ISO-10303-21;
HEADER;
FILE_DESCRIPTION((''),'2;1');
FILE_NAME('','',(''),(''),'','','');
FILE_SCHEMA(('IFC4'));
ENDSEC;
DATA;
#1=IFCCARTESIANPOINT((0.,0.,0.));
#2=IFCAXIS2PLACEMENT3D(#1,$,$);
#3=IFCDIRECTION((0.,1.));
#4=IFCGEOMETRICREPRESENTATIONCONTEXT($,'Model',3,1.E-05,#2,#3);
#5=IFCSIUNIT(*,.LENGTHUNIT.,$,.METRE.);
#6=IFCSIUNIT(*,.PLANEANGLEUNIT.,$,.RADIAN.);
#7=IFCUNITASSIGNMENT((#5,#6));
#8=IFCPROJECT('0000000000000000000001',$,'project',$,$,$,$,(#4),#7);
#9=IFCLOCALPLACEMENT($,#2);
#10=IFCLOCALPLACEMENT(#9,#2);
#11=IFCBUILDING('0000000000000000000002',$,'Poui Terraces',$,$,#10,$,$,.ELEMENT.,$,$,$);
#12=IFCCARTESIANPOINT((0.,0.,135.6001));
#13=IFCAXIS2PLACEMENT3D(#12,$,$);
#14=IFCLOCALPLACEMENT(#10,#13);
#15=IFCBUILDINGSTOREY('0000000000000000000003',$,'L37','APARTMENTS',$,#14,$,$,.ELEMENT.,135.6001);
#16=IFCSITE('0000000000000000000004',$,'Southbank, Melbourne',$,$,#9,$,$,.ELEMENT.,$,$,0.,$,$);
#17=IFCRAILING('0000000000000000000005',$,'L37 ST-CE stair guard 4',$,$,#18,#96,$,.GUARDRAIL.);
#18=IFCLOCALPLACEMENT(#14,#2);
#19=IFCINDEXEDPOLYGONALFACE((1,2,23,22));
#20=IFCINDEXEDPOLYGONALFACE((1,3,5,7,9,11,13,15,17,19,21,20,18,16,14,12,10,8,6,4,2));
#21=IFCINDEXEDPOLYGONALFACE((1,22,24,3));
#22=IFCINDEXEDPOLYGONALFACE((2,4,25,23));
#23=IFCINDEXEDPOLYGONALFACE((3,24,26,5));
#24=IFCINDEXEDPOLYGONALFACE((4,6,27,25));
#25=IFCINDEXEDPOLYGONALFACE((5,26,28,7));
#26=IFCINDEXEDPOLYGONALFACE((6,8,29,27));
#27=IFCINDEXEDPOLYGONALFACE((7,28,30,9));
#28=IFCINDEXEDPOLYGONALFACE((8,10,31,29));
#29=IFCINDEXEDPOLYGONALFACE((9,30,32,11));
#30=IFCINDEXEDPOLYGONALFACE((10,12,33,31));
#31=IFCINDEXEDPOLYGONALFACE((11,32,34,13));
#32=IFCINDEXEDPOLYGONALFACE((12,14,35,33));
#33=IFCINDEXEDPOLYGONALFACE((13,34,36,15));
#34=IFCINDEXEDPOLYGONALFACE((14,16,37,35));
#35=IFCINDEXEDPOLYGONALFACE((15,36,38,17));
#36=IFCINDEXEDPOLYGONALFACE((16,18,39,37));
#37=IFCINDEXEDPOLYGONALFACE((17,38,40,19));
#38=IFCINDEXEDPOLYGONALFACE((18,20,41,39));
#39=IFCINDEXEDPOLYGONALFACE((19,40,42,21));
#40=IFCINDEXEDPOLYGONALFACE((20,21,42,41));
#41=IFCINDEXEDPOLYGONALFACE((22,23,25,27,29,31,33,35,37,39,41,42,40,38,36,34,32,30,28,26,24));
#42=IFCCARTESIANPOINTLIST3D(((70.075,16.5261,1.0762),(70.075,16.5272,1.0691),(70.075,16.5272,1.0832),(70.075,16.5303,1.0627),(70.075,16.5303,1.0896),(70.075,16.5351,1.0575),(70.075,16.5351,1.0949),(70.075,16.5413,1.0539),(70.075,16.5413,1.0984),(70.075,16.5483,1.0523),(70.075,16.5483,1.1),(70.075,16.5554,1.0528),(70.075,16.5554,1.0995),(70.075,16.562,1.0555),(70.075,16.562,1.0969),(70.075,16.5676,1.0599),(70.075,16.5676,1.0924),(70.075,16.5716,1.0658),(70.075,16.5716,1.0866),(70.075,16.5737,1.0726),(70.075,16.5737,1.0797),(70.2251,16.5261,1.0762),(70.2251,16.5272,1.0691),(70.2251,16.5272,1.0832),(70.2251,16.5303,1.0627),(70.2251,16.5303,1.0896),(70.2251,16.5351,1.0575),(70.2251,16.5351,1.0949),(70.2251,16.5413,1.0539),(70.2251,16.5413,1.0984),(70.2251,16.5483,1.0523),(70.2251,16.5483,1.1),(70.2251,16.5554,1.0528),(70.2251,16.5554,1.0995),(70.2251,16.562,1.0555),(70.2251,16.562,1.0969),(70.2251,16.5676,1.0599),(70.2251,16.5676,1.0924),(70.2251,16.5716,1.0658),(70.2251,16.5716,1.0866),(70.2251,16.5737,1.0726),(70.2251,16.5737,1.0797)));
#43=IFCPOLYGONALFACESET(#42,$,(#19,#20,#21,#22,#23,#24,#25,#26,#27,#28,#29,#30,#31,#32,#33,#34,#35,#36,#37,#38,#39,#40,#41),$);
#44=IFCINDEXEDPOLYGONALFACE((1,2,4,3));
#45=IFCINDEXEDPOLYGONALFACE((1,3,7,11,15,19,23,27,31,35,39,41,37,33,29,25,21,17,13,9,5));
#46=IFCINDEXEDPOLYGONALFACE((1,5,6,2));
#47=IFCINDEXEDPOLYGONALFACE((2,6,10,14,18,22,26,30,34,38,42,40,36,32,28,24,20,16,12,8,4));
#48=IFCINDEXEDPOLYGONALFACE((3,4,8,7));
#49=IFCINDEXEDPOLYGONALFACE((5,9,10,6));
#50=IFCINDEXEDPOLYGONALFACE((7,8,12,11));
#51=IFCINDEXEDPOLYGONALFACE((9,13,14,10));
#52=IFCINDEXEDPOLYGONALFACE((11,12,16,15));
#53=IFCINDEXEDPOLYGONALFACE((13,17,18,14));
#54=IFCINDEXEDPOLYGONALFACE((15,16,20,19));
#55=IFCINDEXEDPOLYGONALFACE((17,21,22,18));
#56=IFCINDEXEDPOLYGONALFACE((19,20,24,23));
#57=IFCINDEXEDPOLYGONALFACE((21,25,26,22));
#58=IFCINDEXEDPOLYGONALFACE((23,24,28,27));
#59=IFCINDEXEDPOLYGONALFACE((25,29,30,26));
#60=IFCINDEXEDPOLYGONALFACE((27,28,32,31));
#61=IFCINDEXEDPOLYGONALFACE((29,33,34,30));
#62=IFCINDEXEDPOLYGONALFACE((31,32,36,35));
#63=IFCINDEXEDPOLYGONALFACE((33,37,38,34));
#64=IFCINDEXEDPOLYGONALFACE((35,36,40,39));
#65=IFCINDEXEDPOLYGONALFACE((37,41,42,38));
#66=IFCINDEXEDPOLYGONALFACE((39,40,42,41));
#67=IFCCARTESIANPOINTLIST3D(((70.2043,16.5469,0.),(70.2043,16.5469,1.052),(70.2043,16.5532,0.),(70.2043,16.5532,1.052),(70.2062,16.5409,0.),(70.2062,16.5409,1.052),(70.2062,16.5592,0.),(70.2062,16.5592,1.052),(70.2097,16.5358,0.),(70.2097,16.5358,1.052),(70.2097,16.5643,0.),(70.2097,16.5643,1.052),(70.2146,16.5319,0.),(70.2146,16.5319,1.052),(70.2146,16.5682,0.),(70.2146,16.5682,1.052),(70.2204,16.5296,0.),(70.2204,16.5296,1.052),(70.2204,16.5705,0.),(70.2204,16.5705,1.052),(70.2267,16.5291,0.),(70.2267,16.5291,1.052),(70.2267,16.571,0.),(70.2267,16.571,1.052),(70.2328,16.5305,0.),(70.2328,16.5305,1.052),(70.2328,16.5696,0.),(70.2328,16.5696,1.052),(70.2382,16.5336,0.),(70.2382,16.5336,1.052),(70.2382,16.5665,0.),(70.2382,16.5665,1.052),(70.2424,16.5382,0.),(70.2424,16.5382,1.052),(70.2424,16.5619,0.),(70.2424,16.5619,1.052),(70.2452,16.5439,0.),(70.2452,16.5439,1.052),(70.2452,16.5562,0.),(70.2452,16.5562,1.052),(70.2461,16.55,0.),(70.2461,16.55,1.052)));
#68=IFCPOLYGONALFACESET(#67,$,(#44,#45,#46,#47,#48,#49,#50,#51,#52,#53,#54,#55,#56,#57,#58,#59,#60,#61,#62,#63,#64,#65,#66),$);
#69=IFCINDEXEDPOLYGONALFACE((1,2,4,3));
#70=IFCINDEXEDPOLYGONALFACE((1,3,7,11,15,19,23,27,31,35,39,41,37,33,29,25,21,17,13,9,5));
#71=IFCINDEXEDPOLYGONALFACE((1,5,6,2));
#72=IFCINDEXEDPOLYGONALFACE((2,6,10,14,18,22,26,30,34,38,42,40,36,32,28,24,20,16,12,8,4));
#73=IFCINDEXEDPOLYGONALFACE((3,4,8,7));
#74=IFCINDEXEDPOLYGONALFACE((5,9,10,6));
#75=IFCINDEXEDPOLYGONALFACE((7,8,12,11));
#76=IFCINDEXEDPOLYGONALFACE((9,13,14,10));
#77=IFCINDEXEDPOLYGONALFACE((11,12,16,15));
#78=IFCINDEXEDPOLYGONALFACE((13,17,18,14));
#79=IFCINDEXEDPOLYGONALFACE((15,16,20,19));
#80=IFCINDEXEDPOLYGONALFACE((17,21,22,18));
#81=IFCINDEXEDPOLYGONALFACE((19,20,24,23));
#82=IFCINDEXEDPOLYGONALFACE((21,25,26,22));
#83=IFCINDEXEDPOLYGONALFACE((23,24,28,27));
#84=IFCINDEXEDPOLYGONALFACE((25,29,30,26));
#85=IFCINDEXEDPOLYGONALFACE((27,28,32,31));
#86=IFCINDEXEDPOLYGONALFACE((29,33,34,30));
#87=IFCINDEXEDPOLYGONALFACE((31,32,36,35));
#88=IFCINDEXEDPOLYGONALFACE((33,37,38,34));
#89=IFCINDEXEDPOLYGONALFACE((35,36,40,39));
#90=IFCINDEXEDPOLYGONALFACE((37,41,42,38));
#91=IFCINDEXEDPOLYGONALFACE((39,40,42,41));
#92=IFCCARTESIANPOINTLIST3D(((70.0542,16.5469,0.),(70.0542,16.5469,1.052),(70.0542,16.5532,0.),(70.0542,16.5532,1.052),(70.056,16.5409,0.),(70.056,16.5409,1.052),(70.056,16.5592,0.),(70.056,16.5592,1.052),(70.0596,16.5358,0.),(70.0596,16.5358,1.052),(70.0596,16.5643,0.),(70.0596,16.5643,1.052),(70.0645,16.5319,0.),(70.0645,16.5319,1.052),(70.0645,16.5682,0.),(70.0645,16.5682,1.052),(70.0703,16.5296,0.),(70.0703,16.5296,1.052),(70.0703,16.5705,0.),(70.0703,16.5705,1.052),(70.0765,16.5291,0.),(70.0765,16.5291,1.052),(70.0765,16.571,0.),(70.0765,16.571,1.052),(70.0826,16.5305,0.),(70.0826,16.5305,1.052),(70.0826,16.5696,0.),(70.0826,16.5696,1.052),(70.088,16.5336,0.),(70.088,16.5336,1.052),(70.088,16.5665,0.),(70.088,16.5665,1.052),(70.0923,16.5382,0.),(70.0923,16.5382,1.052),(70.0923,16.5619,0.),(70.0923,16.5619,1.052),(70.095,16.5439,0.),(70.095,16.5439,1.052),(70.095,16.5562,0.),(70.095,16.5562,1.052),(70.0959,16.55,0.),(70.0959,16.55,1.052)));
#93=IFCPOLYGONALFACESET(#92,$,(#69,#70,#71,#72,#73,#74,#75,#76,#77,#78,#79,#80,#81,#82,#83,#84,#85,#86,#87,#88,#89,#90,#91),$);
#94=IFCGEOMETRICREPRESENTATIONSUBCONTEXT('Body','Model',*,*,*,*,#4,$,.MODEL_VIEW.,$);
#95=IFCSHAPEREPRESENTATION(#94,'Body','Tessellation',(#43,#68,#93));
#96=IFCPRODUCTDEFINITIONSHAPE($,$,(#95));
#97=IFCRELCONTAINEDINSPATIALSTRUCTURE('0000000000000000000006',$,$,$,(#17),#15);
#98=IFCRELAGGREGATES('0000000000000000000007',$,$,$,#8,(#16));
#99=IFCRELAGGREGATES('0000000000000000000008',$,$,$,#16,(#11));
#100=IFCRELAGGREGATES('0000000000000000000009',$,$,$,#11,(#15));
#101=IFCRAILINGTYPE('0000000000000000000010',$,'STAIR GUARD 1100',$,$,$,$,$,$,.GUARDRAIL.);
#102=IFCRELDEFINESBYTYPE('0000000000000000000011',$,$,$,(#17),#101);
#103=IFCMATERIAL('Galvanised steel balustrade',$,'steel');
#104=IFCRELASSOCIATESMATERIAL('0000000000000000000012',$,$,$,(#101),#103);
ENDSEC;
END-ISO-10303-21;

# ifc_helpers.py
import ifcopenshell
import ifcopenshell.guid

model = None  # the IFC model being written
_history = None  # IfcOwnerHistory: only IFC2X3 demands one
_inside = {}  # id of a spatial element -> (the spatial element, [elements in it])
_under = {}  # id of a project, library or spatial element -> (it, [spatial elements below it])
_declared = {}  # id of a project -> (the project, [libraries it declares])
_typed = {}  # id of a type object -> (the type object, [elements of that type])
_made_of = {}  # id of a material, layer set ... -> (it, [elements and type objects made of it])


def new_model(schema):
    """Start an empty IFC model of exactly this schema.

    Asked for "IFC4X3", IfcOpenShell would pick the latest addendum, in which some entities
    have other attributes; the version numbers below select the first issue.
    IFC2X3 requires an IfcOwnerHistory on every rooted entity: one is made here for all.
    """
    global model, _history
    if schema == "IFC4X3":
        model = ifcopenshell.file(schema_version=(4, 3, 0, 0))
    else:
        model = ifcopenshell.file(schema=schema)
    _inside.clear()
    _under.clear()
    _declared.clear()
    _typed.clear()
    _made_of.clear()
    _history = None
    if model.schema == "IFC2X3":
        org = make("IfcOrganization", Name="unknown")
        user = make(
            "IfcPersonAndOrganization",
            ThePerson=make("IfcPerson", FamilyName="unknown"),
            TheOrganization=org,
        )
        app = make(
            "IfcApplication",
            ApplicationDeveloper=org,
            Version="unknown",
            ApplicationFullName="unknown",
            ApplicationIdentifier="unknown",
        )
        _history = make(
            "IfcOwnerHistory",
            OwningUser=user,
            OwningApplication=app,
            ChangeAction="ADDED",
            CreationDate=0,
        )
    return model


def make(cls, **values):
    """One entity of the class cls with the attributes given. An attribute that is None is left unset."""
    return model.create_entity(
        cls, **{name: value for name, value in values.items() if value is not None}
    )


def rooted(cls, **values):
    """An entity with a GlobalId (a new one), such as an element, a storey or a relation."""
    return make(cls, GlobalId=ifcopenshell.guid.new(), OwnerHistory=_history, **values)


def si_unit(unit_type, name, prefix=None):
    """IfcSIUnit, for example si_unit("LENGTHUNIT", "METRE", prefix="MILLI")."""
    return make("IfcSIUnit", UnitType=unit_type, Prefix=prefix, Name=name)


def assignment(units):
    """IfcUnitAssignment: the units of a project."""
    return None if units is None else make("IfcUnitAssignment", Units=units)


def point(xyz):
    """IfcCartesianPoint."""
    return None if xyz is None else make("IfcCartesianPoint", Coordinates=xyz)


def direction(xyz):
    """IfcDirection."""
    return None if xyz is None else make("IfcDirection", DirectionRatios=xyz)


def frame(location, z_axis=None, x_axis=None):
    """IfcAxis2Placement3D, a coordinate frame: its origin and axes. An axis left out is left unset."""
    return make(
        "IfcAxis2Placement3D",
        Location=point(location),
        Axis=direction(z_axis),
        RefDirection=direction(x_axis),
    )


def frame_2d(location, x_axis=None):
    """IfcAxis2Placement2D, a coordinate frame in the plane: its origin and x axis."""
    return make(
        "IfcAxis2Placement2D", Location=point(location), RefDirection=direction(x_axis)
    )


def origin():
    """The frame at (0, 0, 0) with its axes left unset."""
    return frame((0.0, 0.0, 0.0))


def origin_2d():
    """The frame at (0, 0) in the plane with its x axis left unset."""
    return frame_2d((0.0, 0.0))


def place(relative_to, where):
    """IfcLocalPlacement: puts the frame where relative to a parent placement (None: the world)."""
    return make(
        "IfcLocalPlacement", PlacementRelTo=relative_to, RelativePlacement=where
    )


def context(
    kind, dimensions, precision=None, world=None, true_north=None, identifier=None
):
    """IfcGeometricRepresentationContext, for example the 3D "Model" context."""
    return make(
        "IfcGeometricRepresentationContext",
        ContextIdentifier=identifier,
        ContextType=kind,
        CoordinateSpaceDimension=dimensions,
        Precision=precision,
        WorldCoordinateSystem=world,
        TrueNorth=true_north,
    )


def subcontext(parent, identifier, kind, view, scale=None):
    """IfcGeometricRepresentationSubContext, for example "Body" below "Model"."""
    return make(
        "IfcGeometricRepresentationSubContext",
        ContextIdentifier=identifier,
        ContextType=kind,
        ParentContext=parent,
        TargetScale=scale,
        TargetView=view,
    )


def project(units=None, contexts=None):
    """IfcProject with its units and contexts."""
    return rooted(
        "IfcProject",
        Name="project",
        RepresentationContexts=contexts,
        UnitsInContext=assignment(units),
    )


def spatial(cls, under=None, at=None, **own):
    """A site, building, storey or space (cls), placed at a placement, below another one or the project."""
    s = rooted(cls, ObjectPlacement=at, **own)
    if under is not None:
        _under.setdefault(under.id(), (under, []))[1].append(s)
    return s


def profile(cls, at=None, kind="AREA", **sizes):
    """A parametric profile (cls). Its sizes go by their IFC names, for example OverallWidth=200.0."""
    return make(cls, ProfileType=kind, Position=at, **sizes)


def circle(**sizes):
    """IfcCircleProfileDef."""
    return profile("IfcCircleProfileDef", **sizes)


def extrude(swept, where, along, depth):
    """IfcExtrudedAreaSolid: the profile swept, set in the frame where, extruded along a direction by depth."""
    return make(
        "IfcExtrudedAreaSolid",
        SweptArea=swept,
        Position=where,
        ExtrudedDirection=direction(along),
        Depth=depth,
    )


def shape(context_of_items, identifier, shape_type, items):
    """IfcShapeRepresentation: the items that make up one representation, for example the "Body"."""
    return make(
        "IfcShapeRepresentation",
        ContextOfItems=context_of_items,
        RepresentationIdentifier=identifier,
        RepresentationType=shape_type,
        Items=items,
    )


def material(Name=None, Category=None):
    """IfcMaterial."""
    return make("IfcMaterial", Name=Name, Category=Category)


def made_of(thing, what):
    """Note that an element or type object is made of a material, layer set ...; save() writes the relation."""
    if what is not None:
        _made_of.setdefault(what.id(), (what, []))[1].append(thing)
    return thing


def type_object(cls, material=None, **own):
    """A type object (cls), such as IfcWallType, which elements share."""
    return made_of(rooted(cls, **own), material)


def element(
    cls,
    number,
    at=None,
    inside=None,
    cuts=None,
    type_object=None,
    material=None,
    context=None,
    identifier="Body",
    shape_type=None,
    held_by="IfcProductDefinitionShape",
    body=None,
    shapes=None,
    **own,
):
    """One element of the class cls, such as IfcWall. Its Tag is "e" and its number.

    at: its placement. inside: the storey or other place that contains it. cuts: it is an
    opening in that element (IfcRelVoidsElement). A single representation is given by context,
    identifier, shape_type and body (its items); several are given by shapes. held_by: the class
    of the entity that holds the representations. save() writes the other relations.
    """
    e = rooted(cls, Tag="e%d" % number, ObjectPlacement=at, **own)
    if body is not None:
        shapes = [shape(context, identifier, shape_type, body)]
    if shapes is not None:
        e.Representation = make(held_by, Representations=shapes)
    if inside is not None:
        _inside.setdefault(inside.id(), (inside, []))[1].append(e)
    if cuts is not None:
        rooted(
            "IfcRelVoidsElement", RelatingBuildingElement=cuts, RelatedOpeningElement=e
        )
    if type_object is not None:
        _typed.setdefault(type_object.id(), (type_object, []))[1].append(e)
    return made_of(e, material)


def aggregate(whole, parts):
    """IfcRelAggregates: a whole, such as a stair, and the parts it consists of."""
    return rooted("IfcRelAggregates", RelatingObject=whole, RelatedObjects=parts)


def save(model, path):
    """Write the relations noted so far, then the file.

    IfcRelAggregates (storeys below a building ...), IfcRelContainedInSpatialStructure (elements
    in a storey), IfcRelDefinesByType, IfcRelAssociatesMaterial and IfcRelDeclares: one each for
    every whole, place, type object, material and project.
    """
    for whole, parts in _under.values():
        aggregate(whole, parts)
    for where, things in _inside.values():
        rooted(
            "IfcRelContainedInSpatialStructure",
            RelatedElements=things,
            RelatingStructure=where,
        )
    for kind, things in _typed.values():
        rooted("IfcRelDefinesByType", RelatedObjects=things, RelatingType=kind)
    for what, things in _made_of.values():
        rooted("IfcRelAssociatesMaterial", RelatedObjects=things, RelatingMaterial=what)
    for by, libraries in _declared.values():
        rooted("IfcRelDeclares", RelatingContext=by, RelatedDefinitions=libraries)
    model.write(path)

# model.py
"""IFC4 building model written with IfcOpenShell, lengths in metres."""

from ifc_helpers import new_model, si_unit, direction, frame, origin, origin_2d, place, context, subcontext, project, spatial, circle, extrude, material, type_object, element, save


model = new_model("IFC4")

# Units and contexts
model_context = context("Model", 3, precision=1e-05, world=origin(), true_north=direction((0.0, 1.0)))
body_context = subcontext(model_context, "Body", "Model", "MODEL_VIEW")
ifc_project = project(units=[si_unit("LENGTHUNIT", "METRE"), si_unit("PLANEANGLEUNIT", "RADIAN")], contexts=[model_context])

# Site, building, storey
site_placement = place(None, origin())
site = spatial("IfcSite", under=ifc_project, at=site_placement, Name="Southbank, Melbourne", CompositionType="ELEMENT", RefElevation=0.0)
building_placement = place(site_placement, origin())
building = spatial("IfcBuilding", under=site, at=building_placement, Name="Poui Terraces", CompositionType="ELEMENT")
storey_placement = place(building_placement, frame((0.0, 0.0, 135.6001)))
storey = spatial("IfcBuildingStorey", under=building, at=storey_placement, Name="L37", Description="APARTMENTS", CompositionType="ELEMENT", Elevation=135.6001)

# Railing
ifc_material_1 = material(Name="Galvanised steel balustrade", Category="steel")
railing_type_1 = type_object("IfcRailingType", Name="STAIR GUARD 1100", PredefinedType="GUARDRAIL", material=ifc_material_1)
railing_1_placement = place(storey_placement, frame((70.2251, 16.55, 0.0)))
element("IfcRailing", 1, at=railing_1_placement, inside=storey, type_object=railing_type_1, Name="L37 ST-CE stair guard 4", PredefinedType="GUARDRAIL", context=body_context, shape_type="SweptSolid", body=[
    extrude(circle(Radius=0.0239, at=origin_2d()), frame((0.0, 0.0, 1.0762), z_axis=(-1.0, 0.0, 0.0), x_axis=(0.0, -1.0, 0.0)), (0.0, 0.0, 1.0), 0.1501),
    extrude(circle(Radius=0.021, at=origin_2d()), origin(), (0.0, 0.0, 1.0), 1.052),
    extrude(circle(Radius=0.021, at=origin_2d()), frame((-0.1501, 0.0, 0.0)), (0.0, 0.0, 1.0), 1.052),
])

save(model, "model.ifc")
